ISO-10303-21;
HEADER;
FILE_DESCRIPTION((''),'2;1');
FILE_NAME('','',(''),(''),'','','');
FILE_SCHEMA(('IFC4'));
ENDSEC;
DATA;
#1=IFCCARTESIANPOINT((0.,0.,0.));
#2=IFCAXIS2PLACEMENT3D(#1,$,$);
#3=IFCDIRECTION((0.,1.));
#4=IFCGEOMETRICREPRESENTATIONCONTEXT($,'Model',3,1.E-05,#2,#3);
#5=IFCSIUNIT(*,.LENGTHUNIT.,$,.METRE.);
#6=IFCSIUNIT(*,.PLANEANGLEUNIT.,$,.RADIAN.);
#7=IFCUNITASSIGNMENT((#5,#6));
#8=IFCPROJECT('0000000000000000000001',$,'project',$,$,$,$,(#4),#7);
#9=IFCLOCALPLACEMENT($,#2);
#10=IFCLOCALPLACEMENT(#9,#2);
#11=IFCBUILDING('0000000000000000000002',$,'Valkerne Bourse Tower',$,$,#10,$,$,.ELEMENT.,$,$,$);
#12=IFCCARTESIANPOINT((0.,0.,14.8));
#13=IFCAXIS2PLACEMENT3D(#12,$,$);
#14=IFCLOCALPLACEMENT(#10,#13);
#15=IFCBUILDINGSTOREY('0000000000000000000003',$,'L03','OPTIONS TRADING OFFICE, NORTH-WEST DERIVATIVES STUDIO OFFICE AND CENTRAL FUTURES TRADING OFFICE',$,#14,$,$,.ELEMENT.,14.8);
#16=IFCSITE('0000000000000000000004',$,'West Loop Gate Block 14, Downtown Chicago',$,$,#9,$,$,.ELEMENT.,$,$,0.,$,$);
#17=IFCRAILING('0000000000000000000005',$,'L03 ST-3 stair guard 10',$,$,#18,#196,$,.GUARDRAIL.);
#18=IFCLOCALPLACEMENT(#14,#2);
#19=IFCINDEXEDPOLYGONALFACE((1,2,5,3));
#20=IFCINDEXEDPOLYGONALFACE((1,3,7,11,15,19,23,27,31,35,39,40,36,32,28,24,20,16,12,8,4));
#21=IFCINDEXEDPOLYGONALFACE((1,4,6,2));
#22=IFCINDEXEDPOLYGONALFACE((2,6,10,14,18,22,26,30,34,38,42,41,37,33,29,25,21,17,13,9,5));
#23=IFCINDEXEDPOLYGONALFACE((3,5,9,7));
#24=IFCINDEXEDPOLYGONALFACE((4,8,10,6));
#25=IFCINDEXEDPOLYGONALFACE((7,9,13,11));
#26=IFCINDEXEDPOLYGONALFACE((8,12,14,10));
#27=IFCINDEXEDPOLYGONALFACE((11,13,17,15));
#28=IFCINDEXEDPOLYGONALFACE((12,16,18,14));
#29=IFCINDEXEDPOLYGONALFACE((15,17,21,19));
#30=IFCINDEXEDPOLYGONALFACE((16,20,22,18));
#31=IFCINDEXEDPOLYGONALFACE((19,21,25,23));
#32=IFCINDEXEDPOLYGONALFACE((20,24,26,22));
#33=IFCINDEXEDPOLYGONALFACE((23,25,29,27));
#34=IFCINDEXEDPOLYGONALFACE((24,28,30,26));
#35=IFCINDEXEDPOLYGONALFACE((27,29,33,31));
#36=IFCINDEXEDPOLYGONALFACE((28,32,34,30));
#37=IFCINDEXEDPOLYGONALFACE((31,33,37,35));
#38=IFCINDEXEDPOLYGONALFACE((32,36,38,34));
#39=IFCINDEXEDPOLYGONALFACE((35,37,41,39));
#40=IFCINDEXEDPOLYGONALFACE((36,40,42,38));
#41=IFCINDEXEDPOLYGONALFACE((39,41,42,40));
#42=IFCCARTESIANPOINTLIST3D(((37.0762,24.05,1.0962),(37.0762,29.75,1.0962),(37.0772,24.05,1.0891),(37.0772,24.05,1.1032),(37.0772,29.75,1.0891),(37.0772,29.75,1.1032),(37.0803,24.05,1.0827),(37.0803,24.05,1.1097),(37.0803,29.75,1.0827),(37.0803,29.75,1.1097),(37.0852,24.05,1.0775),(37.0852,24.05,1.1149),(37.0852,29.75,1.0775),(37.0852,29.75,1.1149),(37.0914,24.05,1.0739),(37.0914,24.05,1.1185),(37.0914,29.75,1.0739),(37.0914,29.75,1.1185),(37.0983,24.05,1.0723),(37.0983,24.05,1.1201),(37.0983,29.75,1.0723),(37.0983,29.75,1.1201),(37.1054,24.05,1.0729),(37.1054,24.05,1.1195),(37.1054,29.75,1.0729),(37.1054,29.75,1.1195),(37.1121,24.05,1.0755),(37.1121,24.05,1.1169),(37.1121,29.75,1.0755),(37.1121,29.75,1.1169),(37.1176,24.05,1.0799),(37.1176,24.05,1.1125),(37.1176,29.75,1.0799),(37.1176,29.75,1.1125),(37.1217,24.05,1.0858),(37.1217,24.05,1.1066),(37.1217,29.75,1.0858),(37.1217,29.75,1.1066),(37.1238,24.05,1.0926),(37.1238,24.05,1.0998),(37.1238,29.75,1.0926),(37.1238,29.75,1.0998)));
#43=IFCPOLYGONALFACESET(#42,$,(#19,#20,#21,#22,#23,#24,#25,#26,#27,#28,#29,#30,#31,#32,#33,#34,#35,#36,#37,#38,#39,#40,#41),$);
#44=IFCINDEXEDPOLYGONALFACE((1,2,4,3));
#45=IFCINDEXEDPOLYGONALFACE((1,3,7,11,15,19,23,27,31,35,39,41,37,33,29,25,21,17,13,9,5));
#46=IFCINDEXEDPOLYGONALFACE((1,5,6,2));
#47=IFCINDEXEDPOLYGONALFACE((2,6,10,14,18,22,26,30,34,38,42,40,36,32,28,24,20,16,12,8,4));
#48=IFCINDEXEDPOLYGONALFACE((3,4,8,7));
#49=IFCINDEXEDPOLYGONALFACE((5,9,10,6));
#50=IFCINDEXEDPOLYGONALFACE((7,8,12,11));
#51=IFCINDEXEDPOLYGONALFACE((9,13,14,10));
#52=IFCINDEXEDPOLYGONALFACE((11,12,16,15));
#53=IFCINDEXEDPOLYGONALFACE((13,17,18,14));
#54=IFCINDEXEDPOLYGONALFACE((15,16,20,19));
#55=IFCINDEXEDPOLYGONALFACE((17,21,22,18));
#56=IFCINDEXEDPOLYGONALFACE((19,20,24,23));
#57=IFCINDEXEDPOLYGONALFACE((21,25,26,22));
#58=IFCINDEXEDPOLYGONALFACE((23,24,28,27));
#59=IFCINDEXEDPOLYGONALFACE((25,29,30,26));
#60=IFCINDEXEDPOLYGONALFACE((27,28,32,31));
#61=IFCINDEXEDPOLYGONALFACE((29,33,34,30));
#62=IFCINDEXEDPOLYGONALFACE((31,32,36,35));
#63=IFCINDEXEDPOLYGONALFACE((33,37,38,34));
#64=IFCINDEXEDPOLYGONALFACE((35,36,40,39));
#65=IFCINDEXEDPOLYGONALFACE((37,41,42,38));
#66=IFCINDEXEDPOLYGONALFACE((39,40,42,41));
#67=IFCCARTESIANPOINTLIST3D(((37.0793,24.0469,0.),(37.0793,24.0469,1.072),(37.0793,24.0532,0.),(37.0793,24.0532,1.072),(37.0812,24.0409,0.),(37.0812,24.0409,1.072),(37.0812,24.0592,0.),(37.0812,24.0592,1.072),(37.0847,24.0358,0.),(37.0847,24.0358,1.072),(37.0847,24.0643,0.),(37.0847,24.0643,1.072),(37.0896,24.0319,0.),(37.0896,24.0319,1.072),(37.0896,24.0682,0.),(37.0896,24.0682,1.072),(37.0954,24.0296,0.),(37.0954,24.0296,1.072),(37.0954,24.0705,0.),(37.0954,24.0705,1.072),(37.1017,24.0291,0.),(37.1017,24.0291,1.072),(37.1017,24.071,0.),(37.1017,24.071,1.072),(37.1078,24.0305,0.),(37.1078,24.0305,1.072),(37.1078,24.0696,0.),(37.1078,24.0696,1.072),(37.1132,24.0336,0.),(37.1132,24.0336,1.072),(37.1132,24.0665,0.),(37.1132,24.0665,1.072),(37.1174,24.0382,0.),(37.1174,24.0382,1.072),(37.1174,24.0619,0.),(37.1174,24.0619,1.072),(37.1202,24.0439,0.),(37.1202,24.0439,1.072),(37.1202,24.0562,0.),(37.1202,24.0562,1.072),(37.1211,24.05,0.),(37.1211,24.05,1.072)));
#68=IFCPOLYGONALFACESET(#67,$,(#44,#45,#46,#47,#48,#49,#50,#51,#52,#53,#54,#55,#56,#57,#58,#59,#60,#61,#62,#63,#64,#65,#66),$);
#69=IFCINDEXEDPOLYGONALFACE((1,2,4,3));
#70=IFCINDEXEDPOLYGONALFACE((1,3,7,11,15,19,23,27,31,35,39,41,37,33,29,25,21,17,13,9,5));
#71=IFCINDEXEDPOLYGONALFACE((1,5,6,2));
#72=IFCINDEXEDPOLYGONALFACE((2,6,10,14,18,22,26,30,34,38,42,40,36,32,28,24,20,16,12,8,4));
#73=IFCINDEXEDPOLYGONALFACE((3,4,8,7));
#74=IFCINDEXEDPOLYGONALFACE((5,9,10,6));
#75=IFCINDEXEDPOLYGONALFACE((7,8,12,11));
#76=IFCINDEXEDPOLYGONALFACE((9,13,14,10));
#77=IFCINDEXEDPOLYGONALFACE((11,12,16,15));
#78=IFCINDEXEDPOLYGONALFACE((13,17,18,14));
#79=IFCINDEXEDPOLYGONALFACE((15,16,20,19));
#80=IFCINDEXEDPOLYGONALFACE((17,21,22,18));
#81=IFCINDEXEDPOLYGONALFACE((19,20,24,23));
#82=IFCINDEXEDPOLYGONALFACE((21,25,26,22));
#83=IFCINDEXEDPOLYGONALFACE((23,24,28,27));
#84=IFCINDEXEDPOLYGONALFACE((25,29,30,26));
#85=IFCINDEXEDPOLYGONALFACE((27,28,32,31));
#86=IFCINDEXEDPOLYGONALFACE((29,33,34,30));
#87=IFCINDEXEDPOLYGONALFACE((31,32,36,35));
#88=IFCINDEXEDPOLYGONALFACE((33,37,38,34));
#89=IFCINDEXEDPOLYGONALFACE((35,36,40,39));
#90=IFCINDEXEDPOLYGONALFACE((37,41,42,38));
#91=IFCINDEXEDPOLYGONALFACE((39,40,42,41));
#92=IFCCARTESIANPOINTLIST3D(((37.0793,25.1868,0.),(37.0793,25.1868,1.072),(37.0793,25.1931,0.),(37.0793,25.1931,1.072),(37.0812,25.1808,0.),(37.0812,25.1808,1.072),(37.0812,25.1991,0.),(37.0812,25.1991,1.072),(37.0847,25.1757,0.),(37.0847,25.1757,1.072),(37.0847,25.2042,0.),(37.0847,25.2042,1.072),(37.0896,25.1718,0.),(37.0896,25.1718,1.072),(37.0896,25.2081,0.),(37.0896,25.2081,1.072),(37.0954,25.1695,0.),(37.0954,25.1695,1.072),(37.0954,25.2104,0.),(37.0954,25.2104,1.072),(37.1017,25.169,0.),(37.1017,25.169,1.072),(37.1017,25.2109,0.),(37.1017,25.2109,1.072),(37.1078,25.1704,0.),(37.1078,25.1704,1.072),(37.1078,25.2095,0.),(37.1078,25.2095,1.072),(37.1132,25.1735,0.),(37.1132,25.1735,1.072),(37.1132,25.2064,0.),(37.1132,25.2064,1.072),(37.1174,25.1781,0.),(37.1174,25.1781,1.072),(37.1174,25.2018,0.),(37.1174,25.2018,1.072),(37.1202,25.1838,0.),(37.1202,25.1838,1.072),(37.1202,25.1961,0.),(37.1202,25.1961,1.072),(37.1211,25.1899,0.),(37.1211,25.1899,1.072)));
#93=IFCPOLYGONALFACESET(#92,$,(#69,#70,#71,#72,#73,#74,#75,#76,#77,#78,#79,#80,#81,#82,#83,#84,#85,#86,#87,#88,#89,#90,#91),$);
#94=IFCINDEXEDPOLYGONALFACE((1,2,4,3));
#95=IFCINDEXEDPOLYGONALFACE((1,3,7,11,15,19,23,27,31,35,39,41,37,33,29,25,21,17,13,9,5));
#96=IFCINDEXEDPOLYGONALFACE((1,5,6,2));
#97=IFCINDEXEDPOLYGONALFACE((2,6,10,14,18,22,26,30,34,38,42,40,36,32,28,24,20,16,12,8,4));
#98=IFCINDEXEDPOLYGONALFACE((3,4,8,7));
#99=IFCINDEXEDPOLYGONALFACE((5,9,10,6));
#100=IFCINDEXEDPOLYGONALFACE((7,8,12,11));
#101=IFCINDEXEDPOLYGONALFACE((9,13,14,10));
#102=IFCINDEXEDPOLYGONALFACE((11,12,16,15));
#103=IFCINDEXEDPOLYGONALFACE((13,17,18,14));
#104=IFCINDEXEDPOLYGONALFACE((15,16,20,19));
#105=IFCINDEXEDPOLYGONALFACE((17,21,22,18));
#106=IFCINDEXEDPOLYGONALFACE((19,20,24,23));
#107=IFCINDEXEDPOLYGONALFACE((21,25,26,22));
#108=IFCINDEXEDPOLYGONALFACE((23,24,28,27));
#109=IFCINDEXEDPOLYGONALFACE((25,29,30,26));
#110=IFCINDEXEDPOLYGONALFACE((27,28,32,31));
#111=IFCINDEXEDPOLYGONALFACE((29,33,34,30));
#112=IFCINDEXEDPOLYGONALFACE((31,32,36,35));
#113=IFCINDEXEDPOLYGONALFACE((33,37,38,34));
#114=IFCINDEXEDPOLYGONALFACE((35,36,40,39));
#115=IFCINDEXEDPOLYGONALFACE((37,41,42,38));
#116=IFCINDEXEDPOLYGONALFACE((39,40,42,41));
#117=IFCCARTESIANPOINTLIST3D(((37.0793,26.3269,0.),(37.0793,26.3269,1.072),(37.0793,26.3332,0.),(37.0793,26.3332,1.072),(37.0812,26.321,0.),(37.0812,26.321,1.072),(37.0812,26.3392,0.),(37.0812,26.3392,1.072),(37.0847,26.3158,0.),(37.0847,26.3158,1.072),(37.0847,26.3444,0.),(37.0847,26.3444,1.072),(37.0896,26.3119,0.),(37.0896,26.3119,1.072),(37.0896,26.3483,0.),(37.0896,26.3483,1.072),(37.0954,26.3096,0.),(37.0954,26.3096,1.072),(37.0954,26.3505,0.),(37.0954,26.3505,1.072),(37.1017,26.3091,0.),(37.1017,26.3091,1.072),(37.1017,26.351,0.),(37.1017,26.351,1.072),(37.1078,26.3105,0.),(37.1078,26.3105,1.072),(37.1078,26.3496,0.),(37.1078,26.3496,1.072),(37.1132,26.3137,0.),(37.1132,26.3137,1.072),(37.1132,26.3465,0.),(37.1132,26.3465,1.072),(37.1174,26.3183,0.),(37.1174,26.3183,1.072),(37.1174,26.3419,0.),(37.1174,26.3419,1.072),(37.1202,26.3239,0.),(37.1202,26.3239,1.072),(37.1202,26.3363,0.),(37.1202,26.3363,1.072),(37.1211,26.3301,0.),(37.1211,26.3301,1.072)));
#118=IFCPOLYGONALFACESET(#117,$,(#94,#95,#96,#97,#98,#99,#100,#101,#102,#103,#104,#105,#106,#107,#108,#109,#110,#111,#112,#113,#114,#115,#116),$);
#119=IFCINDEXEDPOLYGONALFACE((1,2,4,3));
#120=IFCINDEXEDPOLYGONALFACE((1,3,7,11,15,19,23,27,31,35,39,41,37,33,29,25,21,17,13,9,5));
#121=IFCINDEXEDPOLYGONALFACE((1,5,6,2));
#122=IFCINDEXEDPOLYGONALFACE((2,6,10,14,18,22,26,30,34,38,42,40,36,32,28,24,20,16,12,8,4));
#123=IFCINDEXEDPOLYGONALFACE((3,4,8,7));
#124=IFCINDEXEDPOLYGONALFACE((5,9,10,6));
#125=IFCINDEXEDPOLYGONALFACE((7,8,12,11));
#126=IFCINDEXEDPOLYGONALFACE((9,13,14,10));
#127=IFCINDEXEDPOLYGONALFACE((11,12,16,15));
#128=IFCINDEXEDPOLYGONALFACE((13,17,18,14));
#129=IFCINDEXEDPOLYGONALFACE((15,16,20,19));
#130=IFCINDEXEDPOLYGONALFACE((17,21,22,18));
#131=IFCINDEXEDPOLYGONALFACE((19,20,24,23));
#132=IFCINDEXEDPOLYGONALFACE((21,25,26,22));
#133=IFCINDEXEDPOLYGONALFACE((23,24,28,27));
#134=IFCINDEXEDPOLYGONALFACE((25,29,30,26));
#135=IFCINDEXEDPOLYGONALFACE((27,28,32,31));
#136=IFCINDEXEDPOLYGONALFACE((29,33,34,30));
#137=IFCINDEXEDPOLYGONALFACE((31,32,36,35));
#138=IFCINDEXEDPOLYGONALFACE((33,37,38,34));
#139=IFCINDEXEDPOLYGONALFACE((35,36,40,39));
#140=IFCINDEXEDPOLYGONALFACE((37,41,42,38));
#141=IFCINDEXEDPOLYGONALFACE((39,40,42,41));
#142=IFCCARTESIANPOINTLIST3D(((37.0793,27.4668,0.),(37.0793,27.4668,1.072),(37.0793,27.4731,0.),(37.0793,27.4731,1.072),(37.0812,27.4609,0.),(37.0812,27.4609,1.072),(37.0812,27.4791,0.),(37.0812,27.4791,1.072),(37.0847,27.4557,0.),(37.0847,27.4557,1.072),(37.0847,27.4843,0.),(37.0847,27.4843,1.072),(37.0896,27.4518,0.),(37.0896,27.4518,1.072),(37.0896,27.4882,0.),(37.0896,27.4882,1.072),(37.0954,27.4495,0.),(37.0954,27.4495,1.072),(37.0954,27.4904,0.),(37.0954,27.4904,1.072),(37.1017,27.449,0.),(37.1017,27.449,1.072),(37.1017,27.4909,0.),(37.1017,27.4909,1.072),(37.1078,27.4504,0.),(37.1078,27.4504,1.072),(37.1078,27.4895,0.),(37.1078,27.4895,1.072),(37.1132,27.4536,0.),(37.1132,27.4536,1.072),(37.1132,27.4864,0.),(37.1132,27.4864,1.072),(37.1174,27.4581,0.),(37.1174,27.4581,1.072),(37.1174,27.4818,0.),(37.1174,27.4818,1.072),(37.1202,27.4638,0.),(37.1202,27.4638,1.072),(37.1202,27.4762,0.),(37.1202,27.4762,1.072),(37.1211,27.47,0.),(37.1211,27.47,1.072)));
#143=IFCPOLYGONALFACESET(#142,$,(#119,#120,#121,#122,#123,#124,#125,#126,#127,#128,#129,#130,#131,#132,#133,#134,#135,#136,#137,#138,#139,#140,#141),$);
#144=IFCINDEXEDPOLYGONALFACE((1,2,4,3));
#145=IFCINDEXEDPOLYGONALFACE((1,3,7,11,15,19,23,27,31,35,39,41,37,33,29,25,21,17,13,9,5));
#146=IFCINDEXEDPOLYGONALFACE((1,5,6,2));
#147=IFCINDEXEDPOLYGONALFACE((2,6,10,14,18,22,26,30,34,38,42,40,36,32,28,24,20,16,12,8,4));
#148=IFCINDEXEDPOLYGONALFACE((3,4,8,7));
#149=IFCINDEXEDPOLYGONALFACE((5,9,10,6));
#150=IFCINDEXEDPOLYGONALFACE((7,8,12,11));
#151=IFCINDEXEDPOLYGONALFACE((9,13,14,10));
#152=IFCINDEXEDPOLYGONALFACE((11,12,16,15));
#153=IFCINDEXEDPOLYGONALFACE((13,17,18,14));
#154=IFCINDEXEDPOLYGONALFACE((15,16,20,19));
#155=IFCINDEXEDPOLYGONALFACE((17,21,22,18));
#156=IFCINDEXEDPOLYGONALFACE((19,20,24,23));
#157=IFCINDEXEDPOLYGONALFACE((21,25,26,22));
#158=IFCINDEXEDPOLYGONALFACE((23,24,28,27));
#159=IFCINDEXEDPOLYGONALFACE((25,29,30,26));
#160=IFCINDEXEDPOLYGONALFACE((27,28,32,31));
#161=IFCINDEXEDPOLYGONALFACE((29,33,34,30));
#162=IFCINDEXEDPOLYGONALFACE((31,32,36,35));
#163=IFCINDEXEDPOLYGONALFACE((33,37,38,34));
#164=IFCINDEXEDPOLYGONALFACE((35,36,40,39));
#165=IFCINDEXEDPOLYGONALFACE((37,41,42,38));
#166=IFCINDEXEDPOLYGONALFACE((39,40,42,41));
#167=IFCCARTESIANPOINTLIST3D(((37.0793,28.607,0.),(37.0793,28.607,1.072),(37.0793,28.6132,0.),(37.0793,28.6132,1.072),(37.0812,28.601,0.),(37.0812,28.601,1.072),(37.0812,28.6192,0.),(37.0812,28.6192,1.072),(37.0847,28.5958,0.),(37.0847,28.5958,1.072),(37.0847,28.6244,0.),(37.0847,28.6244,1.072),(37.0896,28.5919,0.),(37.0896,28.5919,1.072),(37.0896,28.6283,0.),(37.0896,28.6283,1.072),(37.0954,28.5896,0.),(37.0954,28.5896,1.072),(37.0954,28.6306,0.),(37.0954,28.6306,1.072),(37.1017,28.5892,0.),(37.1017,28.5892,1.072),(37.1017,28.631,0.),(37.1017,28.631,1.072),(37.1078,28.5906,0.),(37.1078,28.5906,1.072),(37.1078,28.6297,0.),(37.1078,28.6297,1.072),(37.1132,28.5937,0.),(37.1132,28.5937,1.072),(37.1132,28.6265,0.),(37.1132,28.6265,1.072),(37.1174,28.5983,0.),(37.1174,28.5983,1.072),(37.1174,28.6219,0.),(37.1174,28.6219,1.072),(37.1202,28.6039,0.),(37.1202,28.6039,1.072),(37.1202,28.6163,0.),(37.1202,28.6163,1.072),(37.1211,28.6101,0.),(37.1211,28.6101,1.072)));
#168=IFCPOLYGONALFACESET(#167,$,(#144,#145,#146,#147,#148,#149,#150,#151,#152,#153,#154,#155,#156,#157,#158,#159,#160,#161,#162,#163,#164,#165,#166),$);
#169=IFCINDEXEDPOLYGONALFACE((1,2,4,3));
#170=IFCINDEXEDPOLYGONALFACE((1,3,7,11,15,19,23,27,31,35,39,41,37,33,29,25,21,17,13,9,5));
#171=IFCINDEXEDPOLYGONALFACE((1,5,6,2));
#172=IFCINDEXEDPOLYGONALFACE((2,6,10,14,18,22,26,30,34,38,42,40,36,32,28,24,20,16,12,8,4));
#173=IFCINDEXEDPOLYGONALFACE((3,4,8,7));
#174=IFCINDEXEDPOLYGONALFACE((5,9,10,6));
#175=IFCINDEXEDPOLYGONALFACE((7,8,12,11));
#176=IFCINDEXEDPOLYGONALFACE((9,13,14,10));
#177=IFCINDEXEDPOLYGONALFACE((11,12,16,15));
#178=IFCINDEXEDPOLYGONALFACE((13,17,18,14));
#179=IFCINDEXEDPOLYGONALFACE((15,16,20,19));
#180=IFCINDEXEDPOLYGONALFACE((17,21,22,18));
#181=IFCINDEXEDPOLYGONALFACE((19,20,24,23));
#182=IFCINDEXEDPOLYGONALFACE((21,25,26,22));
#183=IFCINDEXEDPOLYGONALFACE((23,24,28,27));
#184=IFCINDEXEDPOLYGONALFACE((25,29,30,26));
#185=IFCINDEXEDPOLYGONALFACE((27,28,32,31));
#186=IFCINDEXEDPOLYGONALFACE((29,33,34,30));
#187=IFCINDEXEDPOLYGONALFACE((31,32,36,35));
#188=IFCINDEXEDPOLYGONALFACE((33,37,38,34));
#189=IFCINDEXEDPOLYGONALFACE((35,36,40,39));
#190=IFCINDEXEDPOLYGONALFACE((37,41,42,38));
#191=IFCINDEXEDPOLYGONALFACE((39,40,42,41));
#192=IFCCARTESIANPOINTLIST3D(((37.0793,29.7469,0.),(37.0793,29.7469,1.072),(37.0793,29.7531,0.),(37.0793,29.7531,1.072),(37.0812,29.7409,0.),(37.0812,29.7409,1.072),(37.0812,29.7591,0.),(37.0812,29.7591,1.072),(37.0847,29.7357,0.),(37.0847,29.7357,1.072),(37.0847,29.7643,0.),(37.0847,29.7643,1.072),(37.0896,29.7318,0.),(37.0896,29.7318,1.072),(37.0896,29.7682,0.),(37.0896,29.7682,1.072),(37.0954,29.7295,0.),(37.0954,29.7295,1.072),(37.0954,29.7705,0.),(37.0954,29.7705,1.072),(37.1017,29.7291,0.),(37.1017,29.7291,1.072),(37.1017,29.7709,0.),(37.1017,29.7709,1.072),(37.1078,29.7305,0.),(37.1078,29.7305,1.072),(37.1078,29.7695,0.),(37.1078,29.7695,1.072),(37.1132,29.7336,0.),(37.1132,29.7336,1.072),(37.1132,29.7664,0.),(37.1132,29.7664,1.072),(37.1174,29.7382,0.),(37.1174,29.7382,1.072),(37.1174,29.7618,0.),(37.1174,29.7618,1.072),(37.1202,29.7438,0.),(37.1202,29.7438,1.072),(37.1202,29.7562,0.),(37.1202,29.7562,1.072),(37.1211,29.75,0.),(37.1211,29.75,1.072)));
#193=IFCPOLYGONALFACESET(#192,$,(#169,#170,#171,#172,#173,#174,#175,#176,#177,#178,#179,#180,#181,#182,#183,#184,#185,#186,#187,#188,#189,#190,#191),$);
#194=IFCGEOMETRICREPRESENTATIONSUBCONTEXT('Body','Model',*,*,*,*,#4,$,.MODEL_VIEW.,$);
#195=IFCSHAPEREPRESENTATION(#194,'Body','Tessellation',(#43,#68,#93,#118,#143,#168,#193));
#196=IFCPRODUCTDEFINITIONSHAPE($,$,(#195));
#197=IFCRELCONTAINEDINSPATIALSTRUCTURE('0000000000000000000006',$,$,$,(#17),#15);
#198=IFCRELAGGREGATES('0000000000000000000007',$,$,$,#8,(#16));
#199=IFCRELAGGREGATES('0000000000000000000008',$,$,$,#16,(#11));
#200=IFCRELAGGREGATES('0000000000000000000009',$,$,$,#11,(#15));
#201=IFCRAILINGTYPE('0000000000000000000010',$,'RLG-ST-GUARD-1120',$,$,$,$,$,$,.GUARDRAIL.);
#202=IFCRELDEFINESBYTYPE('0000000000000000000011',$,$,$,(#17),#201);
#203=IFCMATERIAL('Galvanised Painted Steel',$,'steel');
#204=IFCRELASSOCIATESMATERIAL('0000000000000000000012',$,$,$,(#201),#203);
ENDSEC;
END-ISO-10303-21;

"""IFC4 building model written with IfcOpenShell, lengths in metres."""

from ifc_helpers import new_model, si_unit, direction, frame, origin, origin_2d, place, context, subcontext, project, spatial, circle, extrude, material, type_object, element, save


model = new_model("IFC4")

# Units and contexts
model_context = context("Model", 3, precision=1e-05, world=origin(), true_north=direction((0.0, 1.0)))
body_context = subcontext(model_context, "Body", "Model", "MODEL_VIEW")
ifc_project = project(units=[si_unit("LENGTHUNIT", "METRE"), si_unit("PLANEANGLEUNIT", "RADIAN")], contexts=[model_context])

# Site, building, storey
site_placement = place(None, origin())
site = spatial("IfcSite", under=ifc_project, at=site_placement, Name="West Loop Gate Block 14, Downtown Chicago", CompositionType="ELEMENT", RefElevation=0.0)
building_placement = place(site_placement, origin())
building = spatial("IfcBuilding", under=site, at=building_placement, Name="Valkerne Bourse Tower", CompositionType="ELEMENT")
storey_placement = place(building_placement, frame((0.0, 0.0, 14.8)))
storey = spatial("IfcBuildingStorey", under=building, at=storey_placement, Name="L03", Description="OPTIONS TRADING OFFICE, NORTH-WEST DERIVATIVES STUDIO OFFICE AND CENTRAL FUTURES TRADING OFFICE", CompositionType="ELEMENT", Elevation=14.8)

# Shared definitions
ifc_material_1 = material(Name="Galvanised Painted Steel", Category="steel")

# Railing
railing_type_1 = type_object("IfcRailingType", Name="RLG-ST-GUARD-1120", PredefinedType="GUARDRAIL", material=ifc_material_1)
for number, where, name in (
    (1, (37.1001, 24.05, 0.0), "L03 ST-3 stair guard 10"),
):
    element("IfcRailing", number, at=place(storey_placement, frame(where)), inside=storey, type_object=railing_type_1, Name=name, PredefinedType="GUARDRAIL", context=body_context, shape_type="SweptSolid", body=[
        extrude(circle(Radius=0.0239, at=origin_2d()), frame((0.0, 0.0, 1.0962), z_axis=(0.0, 1.0, 0.0), x_axis=(-1.0, 0.0, 0.0)), (0.0, 0.0, 1.0), 5.7),
        extrude(circle(Radius=0.021, at=origin_2d()), origin(), (0.0, 0.0, 1.0), 1.072),
        extrude(circle(Radius=0.021, at=origin_2d()), frame((0.0, 1.1399, 0.0)), (0.0, 0.0, 1.0), 1.072),
        extrude(circle(Radius=0.021, at=origin_2d()), frame((0.0, 2.28, 0.0)), (0.0, 0.0, 1.0), 1.072),
        extrude(circle(Radius=0.021, at=origin_2d()), frame((0.0, 3.4199, 0.0)), (0.0, 0.0, 1.0), 1.072),
        extrude(circle(Radius=0.021, at=origin_2d()), frame((0.0, 4.5601, 0.0)), (0.0, 0.0, 1.0), 1.072),
        extrude(circle(Radius=0.021, at=origin_2d()), frame((0.0, 5.7, 0.0)), (0.0, 0.0, 1.0), 1.072),
    ])

save(model, "model.ifc")
